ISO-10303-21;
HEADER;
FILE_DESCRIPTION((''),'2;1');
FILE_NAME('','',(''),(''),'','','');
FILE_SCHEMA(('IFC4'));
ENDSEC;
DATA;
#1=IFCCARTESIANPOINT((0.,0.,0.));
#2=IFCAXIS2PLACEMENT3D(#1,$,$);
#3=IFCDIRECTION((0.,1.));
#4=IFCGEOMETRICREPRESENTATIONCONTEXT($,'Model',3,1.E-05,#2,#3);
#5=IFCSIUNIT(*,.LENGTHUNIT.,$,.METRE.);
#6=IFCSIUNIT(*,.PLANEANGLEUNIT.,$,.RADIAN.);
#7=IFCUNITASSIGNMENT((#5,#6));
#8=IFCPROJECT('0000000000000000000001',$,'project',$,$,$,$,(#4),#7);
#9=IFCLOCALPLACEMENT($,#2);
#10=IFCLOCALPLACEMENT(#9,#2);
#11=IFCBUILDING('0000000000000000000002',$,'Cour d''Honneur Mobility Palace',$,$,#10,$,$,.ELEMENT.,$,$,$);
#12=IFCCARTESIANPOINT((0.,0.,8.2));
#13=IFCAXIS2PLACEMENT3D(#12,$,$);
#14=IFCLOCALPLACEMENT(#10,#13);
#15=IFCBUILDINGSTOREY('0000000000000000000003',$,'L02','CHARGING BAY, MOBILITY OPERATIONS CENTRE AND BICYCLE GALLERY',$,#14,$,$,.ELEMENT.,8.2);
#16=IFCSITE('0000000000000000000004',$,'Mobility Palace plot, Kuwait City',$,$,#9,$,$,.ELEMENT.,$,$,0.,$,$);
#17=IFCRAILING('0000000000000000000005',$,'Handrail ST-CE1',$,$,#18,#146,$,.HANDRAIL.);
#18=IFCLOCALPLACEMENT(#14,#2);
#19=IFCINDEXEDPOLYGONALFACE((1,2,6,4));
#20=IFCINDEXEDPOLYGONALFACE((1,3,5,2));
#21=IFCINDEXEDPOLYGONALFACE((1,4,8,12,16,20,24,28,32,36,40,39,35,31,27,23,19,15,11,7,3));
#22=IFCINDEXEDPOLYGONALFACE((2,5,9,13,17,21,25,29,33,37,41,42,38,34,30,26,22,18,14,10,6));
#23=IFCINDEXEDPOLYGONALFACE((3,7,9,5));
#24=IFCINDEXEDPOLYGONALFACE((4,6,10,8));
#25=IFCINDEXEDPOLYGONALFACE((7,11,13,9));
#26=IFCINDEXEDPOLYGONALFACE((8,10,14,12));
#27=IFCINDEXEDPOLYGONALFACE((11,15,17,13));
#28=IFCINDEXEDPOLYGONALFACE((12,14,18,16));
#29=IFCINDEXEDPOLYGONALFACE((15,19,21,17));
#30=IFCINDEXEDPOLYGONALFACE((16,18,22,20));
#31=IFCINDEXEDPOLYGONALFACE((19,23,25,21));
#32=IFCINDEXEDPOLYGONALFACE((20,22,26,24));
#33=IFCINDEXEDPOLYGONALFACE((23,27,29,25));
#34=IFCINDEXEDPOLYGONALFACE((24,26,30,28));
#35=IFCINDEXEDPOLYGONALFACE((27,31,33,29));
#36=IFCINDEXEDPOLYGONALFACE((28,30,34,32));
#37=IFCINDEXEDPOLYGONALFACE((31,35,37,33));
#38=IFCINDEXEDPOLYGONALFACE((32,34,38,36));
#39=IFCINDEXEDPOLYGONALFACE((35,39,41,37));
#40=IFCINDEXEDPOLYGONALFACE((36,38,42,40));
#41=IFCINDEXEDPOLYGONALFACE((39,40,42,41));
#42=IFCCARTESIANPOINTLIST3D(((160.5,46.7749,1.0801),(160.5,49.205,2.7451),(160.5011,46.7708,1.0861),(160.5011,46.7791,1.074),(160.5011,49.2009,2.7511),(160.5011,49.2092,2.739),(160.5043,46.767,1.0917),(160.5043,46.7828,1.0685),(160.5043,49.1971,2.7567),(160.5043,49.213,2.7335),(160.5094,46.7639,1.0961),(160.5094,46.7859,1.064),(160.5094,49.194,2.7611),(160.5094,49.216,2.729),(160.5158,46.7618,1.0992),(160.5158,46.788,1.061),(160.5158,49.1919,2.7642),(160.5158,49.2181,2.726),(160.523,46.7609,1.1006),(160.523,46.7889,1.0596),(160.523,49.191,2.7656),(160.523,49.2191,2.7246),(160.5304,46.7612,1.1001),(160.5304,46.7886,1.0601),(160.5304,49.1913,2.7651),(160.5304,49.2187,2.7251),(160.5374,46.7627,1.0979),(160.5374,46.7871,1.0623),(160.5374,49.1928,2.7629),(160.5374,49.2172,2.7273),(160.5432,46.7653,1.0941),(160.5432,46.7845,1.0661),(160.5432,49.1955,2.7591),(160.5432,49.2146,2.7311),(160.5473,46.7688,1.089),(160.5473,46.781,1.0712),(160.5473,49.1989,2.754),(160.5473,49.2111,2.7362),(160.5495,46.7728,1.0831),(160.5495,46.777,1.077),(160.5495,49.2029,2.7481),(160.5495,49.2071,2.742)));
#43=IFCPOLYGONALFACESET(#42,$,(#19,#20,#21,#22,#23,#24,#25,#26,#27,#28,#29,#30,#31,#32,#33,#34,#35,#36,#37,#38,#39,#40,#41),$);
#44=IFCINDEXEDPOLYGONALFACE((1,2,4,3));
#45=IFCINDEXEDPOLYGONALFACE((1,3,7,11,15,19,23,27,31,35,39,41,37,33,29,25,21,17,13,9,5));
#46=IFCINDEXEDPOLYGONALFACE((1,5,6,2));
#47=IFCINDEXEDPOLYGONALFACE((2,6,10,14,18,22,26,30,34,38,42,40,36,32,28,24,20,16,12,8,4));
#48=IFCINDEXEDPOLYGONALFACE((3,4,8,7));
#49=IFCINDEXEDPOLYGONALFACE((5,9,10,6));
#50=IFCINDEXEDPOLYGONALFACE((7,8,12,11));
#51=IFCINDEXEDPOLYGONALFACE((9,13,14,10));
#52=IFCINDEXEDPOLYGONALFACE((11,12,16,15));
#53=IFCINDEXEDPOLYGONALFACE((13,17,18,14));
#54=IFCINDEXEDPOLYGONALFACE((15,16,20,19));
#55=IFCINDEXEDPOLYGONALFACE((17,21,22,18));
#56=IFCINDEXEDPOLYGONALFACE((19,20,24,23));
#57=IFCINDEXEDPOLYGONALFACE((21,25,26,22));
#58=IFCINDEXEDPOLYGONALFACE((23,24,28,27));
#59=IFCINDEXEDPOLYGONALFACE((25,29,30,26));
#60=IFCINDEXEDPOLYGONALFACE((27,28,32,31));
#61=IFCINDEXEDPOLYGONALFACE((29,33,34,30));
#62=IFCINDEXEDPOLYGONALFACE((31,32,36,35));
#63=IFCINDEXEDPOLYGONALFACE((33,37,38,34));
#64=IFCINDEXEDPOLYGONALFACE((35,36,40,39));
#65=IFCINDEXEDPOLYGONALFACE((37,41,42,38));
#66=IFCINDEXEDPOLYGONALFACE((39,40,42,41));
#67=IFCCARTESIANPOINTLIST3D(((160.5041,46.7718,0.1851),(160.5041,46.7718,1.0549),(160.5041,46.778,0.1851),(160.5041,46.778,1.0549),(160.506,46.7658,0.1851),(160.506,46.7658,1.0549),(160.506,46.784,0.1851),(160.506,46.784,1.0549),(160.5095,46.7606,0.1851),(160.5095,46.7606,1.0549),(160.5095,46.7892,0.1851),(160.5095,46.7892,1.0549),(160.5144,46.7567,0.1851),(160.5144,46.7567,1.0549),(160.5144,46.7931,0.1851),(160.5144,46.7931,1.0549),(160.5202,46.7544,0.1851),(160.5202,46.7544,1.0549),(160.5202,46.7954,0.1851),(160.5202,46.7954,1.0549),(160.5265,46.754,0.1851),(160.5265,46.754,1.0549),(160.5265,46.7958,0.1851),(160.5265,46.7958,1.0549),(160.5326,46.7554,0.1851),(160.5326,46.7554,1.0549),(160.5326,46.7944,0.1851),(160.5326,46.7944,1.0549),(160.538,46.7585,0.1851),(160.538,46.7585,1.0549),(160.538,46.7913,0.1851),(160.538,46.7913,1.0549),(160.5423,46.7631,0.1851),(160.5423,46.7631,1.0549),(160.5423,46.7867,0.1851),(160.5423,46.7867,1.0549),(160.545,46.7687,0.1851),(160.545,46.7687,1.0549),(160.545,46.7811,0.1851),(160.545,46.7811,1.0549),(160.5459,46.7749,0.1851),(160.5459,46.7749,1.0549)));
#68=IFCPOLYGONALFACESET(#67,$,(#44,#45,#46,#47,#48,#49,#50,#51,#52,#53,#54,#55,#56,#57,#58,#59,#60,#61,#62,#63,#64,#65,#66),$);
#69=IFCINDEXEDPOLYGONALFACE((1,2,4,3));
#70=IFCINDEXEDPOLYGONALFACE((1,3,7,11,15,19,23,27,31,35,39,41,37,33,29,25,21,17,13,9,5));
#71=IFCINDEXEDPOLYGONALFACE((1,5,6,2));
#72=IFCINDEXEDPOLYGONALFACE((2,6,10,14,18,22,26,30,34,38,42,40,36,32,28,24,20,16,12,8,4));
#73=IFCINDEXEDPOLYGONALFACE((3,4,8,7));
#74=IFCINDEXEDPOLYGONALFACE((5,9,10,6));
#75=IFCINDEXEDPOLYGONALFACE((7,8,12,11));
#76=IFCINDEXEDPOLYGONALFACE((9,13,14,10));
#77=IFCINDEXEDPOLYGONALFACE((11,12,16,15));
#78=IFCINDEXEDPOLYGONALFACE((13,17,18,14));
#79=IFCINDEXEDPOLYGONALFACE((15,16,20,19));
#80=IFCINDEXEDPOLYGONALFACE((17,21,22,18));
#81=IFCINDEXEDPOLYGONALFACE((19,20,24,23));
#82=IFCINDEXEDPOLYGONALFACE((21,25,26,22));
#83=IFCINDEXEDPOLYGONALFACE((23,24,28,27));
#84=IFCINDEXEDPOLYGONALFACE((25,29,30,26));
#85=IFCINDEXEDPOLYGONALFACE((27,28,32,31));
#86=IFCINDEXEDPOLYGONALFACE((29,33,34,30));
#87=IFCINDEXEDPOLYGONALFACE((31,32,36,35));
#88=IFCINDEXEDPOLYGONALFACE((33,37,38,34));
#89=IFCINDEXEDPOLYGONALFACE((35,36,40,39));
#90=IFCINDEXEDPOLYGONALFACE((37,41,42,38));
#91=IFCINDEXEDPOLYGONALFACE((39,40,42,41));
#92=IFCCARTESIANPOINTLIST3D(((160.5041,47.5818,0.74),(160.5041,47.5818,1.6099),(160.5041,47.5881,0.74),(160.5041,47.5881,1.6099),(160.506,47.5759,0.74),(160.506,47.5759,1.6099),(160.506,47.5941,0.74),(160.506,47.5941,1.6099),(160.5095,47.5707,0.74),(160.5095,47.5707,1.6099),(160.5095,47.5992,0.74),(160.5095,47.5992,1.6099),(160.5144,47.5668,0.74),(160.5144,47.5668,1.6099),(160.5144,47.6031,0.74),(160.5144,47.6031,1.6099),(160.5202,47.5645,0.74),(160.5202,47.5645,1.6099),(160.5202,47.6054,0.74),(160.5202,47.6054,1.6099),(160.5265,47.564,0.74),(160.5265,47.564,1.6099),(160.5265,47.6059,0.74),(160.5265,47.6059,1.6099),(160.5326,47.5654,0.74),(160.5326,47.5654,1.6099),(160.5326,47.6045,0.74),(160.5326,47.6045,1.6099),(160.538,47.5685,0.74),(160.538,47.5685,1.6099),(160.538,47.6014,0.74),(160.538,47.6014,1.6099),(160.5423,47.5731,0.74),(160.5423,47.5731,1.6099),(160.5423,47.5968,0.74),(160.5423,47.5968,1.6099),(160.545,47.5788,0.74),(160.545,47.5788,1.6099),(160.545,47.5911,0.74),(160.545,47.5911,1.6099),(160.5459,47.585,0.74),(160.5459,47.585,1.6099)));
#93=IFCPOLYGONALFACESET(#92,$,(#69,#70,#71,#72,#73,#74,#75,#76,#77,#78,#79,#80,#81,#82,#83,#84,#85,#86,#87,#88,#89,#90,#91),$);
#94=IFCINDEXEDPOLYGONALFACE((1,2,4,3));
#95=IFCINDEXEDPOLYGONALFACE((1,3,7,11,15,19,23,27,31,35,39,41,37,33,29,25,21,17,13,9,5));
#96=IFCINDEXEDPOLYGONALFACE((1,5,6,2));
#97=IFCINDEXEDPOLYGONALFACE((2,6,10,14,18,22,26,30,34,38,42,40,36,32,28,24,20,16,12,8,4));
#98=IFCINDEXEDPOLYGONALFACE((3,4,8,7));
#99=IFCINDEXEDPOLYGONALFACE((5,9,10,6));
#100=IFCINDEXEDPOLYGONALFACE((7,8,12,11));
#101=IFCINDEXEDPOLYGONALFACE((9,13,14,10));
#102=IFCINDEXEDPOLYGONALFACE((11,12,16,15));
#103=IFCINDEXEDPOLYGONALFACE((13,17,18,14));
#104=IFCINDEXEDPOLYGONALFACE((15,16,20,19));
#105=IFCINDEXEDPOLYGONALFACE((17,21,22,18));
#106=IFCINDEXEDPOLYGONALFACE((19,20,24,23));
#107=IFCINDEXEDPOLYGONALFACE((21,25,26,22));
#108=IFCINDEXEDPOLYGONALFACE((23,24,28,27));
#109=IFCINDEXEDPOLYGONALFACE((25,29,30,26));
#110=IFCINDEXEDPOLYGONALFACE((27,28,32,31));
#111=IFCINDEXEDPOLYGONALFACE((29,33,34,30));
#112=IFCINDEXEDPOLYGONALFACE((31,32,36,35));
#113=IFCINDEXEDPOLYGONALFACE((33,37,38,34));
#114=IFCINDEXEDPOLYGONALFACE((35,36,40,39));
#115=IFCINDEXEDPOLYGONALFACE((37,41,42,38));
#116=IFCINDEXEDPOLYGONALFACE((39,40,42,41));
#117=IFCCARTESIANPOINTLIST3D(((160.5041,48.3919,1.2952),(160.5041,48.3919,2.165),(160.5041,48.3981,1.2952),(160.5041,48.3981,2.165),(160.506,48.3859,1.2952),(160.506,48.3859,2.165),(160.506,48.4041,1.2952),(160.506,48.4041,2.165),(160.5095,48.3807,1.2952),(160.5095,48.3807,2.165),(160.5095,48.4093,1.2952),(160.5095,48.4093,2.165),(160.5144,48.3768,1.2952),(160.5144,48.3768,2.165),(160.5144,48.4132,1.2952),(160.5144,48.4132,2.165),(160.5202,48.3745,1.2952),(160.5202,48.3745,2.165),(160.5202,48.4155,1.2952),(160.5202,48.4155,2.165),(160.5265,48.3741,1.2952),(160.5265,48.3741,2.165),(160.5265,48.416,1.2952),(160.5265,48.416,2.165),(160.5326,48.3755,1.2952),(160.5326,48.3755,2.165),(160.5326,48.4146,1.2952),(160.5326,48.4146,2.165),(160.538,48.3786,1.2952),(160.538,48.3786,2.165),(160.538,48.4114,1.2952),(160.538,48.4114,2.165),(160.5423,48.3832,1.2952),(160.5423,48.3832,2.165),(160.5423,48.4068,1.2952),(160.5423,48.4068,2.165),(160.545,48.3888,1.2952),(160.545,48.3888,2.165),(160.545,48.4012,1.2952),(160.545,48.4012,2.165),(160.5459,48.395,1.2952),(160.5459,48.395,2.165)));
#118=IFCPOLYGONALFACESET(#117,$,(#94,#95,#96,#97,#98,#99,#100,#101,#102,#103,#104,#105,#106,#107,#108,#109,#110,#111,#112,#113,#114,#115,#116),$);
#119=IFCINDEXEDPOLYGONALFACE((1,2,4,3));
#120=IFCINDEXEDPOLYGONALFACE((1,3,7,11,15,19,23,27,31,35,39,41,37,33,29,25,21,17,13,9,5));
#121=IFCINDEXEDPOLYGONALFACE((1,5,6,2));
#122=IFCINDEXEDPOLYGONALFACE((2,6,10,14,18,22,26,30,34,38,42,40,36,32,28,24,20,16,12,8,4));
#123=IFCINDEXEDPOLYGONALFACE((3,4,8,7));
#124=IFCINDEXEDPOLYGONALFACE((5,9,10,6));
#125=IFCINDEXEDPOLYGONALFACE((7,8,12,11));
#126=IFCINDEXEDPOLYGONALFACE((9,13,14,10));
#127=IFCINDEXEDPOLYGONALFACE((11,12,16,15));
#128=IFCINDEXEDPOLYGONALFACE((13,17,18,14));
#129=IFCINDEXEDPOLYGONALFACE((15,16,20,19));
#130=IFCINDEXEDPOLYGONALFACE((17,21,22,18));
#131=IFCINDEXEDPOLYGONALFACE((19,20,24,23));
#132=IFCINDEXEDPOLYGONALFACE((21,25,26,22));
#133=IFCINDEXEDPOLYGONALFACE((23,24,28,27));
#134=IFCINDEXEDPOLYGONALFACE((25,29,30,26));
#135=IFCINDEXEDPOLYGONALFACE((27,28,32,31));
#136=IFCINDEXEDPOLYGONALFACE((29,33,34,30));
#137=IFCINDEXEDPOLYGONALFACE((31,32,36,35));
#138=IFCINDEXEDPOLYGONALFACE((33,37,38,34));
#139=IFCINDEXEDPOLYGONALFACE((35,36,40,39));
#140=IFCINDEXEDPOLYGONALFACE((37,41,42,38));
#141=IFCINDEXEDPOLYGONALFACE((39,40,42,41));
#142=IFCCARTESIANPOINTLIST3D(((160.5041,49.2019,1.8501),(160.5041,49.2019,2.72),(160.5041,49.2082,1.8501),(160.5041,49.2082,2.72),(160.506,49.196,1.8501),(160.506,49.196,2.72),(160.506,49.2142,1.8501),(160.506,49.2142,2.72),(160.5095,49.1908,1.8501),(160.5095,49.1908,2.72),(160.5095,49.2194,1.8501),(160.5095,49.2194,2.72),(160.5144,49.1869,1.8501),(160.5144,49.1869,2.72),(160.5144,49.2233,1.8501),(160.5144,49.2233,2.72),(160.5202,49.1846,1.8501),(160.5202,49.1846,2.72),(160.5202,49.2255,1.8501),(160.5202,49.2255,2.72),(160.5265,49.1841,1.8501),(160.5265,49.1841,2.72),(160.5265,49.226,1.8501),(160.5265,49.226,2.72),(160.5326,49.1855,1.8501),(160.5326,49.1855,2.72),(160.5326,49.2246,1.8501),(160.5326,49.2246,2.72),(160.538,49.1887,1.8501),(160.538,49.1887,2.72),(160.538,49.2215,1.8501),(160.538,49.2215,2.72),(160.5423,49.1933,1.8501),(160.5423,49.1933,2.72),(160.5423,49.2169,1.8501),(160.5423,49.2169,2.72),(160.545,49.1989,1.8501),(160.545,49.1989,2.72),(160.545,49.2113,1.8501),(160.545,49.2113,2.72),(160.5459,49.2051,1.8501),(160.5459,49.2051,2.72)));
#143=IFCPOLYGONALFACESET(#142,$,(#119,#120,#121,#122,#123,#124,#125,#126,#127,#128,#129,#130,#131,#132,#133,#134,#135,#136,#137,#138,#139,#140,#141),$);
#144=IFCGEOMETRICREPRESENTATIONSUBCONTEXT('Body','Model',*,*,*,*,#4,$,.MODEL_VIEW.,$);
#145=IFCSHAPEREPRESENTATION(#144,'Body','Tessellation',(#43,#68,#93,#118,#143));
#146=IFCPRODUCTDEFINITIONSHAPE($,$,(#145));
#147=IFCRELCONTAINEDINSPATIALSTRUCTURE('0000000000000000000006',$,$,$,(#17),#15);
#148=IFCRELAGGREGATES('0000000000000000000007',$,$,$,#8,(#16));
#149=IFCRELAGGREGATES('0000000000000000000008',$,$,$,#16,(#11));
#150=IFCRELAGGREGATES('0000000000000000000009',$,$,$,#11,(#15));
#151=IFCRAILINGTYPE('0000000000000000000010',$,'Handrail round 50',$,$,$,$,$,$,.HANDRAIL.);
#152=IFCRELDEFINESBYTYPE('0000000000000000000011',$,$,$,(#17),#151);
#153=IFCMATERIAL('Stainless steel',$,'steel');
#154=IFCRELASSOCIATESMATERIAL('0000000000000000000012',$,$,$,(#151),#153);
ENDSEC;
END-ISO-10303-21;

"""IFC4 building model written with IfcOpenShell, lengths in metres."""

from ifc_helpers import new_model, si_unit, direction, frame, origin, origin_2d, place, context, subcontext, project, spatial, circle, extrude, material, type_object, element, save


model = new_model("IFC4")

# Units and contexts
model_context = context("Model", 3, precision=1e-05, world=origin(), true_north=direction((0.0, 1.0)))
body_context = subcontext(model_context, "Body", "Model", "MODEL_VIEW")
ifc_project = project(units=[si_unit("LENGTHUNIT", "METRE"), si_unit("PLANEANGLEUNIT", "RADIAN")], contexts=[model_context])

# Site, building, storey
site_placement = place(None, origin())
site = spatial("IfcSite", under=ifc_project, at=site_placement, Name="Mobility Palace plot, Kuwait City", CompositionType="ELEMENT", RefElevation=0.0)
building_placement = place(site_placement, origin())
building = spatial("IfcBuilding", under=site, at=building_placement, Name="Cour d'Honneur Mobility Palace", CompositionType="ELEMENT")
storey_placement = place(building_placement, frame((0.0, 0.0, 8.2)))
storey = spatial("IfcBuildingStorey", under=building, at=storey_placement, Name="L02", Description="CHARGING BAY, MOBILITY OPERATIONS CENTRE AND BICYCLE GALLERY", CompositionType="ELEMENT", Elevation=8.2)

# Railing
ifc_material_1 = material(Name="Stainless steel", Category="steel")
railing_type_1 = type_object("IfcRailingType", Name="Handrail round 50", PredefinedType="HANDRAIL", material=ifc_material_1)
for number, where, name in (
    (1, (160.5249, 46.7749, 0.1851), "Handrail ST-CE1"),
):
    element("IfcRailing", number, at=place(storey_placement, frame(where)), inside=storey, type_object=railing_type_1, Name=name, PredefinedType="HANDRAIL", context=body_context, shape_type="SweptSolid", body=[
        extrude(circle(Radius=0.0249, at=origin_2d()), frame((0.0, 0.0, 0.895), z_axis=(0.0, 0.824945, 0.565213), x_axis=(-1.0, 0.0, 0.0)), (0.0, 0.0, 1.0), 2.9458),
        extrude(circle(Radius=0.021, at=origin_2d()), origin(), (0.0, 0.0, 1.0), 0.8699),
        extrude(circle(Radius=0.021, at=origin_2d()), frame((0.0, 0.8101, 0.5549)), (0.0, 0.0, 1.0), 0.8699),
        extrude(circle(Radius=0.021, at=origin_2d()), frame((0.0, 1.6201, 1.1101)), (0.0, 0.0, 1.0), 0.8699),
        extrude(circle(Radius=0.021, at=origin_2d()), frame((0.0, 2.4302, 1.665)), (0.0, 0.0, 1.0), 0.8699),
    ])

save(model, "model.ifc")
